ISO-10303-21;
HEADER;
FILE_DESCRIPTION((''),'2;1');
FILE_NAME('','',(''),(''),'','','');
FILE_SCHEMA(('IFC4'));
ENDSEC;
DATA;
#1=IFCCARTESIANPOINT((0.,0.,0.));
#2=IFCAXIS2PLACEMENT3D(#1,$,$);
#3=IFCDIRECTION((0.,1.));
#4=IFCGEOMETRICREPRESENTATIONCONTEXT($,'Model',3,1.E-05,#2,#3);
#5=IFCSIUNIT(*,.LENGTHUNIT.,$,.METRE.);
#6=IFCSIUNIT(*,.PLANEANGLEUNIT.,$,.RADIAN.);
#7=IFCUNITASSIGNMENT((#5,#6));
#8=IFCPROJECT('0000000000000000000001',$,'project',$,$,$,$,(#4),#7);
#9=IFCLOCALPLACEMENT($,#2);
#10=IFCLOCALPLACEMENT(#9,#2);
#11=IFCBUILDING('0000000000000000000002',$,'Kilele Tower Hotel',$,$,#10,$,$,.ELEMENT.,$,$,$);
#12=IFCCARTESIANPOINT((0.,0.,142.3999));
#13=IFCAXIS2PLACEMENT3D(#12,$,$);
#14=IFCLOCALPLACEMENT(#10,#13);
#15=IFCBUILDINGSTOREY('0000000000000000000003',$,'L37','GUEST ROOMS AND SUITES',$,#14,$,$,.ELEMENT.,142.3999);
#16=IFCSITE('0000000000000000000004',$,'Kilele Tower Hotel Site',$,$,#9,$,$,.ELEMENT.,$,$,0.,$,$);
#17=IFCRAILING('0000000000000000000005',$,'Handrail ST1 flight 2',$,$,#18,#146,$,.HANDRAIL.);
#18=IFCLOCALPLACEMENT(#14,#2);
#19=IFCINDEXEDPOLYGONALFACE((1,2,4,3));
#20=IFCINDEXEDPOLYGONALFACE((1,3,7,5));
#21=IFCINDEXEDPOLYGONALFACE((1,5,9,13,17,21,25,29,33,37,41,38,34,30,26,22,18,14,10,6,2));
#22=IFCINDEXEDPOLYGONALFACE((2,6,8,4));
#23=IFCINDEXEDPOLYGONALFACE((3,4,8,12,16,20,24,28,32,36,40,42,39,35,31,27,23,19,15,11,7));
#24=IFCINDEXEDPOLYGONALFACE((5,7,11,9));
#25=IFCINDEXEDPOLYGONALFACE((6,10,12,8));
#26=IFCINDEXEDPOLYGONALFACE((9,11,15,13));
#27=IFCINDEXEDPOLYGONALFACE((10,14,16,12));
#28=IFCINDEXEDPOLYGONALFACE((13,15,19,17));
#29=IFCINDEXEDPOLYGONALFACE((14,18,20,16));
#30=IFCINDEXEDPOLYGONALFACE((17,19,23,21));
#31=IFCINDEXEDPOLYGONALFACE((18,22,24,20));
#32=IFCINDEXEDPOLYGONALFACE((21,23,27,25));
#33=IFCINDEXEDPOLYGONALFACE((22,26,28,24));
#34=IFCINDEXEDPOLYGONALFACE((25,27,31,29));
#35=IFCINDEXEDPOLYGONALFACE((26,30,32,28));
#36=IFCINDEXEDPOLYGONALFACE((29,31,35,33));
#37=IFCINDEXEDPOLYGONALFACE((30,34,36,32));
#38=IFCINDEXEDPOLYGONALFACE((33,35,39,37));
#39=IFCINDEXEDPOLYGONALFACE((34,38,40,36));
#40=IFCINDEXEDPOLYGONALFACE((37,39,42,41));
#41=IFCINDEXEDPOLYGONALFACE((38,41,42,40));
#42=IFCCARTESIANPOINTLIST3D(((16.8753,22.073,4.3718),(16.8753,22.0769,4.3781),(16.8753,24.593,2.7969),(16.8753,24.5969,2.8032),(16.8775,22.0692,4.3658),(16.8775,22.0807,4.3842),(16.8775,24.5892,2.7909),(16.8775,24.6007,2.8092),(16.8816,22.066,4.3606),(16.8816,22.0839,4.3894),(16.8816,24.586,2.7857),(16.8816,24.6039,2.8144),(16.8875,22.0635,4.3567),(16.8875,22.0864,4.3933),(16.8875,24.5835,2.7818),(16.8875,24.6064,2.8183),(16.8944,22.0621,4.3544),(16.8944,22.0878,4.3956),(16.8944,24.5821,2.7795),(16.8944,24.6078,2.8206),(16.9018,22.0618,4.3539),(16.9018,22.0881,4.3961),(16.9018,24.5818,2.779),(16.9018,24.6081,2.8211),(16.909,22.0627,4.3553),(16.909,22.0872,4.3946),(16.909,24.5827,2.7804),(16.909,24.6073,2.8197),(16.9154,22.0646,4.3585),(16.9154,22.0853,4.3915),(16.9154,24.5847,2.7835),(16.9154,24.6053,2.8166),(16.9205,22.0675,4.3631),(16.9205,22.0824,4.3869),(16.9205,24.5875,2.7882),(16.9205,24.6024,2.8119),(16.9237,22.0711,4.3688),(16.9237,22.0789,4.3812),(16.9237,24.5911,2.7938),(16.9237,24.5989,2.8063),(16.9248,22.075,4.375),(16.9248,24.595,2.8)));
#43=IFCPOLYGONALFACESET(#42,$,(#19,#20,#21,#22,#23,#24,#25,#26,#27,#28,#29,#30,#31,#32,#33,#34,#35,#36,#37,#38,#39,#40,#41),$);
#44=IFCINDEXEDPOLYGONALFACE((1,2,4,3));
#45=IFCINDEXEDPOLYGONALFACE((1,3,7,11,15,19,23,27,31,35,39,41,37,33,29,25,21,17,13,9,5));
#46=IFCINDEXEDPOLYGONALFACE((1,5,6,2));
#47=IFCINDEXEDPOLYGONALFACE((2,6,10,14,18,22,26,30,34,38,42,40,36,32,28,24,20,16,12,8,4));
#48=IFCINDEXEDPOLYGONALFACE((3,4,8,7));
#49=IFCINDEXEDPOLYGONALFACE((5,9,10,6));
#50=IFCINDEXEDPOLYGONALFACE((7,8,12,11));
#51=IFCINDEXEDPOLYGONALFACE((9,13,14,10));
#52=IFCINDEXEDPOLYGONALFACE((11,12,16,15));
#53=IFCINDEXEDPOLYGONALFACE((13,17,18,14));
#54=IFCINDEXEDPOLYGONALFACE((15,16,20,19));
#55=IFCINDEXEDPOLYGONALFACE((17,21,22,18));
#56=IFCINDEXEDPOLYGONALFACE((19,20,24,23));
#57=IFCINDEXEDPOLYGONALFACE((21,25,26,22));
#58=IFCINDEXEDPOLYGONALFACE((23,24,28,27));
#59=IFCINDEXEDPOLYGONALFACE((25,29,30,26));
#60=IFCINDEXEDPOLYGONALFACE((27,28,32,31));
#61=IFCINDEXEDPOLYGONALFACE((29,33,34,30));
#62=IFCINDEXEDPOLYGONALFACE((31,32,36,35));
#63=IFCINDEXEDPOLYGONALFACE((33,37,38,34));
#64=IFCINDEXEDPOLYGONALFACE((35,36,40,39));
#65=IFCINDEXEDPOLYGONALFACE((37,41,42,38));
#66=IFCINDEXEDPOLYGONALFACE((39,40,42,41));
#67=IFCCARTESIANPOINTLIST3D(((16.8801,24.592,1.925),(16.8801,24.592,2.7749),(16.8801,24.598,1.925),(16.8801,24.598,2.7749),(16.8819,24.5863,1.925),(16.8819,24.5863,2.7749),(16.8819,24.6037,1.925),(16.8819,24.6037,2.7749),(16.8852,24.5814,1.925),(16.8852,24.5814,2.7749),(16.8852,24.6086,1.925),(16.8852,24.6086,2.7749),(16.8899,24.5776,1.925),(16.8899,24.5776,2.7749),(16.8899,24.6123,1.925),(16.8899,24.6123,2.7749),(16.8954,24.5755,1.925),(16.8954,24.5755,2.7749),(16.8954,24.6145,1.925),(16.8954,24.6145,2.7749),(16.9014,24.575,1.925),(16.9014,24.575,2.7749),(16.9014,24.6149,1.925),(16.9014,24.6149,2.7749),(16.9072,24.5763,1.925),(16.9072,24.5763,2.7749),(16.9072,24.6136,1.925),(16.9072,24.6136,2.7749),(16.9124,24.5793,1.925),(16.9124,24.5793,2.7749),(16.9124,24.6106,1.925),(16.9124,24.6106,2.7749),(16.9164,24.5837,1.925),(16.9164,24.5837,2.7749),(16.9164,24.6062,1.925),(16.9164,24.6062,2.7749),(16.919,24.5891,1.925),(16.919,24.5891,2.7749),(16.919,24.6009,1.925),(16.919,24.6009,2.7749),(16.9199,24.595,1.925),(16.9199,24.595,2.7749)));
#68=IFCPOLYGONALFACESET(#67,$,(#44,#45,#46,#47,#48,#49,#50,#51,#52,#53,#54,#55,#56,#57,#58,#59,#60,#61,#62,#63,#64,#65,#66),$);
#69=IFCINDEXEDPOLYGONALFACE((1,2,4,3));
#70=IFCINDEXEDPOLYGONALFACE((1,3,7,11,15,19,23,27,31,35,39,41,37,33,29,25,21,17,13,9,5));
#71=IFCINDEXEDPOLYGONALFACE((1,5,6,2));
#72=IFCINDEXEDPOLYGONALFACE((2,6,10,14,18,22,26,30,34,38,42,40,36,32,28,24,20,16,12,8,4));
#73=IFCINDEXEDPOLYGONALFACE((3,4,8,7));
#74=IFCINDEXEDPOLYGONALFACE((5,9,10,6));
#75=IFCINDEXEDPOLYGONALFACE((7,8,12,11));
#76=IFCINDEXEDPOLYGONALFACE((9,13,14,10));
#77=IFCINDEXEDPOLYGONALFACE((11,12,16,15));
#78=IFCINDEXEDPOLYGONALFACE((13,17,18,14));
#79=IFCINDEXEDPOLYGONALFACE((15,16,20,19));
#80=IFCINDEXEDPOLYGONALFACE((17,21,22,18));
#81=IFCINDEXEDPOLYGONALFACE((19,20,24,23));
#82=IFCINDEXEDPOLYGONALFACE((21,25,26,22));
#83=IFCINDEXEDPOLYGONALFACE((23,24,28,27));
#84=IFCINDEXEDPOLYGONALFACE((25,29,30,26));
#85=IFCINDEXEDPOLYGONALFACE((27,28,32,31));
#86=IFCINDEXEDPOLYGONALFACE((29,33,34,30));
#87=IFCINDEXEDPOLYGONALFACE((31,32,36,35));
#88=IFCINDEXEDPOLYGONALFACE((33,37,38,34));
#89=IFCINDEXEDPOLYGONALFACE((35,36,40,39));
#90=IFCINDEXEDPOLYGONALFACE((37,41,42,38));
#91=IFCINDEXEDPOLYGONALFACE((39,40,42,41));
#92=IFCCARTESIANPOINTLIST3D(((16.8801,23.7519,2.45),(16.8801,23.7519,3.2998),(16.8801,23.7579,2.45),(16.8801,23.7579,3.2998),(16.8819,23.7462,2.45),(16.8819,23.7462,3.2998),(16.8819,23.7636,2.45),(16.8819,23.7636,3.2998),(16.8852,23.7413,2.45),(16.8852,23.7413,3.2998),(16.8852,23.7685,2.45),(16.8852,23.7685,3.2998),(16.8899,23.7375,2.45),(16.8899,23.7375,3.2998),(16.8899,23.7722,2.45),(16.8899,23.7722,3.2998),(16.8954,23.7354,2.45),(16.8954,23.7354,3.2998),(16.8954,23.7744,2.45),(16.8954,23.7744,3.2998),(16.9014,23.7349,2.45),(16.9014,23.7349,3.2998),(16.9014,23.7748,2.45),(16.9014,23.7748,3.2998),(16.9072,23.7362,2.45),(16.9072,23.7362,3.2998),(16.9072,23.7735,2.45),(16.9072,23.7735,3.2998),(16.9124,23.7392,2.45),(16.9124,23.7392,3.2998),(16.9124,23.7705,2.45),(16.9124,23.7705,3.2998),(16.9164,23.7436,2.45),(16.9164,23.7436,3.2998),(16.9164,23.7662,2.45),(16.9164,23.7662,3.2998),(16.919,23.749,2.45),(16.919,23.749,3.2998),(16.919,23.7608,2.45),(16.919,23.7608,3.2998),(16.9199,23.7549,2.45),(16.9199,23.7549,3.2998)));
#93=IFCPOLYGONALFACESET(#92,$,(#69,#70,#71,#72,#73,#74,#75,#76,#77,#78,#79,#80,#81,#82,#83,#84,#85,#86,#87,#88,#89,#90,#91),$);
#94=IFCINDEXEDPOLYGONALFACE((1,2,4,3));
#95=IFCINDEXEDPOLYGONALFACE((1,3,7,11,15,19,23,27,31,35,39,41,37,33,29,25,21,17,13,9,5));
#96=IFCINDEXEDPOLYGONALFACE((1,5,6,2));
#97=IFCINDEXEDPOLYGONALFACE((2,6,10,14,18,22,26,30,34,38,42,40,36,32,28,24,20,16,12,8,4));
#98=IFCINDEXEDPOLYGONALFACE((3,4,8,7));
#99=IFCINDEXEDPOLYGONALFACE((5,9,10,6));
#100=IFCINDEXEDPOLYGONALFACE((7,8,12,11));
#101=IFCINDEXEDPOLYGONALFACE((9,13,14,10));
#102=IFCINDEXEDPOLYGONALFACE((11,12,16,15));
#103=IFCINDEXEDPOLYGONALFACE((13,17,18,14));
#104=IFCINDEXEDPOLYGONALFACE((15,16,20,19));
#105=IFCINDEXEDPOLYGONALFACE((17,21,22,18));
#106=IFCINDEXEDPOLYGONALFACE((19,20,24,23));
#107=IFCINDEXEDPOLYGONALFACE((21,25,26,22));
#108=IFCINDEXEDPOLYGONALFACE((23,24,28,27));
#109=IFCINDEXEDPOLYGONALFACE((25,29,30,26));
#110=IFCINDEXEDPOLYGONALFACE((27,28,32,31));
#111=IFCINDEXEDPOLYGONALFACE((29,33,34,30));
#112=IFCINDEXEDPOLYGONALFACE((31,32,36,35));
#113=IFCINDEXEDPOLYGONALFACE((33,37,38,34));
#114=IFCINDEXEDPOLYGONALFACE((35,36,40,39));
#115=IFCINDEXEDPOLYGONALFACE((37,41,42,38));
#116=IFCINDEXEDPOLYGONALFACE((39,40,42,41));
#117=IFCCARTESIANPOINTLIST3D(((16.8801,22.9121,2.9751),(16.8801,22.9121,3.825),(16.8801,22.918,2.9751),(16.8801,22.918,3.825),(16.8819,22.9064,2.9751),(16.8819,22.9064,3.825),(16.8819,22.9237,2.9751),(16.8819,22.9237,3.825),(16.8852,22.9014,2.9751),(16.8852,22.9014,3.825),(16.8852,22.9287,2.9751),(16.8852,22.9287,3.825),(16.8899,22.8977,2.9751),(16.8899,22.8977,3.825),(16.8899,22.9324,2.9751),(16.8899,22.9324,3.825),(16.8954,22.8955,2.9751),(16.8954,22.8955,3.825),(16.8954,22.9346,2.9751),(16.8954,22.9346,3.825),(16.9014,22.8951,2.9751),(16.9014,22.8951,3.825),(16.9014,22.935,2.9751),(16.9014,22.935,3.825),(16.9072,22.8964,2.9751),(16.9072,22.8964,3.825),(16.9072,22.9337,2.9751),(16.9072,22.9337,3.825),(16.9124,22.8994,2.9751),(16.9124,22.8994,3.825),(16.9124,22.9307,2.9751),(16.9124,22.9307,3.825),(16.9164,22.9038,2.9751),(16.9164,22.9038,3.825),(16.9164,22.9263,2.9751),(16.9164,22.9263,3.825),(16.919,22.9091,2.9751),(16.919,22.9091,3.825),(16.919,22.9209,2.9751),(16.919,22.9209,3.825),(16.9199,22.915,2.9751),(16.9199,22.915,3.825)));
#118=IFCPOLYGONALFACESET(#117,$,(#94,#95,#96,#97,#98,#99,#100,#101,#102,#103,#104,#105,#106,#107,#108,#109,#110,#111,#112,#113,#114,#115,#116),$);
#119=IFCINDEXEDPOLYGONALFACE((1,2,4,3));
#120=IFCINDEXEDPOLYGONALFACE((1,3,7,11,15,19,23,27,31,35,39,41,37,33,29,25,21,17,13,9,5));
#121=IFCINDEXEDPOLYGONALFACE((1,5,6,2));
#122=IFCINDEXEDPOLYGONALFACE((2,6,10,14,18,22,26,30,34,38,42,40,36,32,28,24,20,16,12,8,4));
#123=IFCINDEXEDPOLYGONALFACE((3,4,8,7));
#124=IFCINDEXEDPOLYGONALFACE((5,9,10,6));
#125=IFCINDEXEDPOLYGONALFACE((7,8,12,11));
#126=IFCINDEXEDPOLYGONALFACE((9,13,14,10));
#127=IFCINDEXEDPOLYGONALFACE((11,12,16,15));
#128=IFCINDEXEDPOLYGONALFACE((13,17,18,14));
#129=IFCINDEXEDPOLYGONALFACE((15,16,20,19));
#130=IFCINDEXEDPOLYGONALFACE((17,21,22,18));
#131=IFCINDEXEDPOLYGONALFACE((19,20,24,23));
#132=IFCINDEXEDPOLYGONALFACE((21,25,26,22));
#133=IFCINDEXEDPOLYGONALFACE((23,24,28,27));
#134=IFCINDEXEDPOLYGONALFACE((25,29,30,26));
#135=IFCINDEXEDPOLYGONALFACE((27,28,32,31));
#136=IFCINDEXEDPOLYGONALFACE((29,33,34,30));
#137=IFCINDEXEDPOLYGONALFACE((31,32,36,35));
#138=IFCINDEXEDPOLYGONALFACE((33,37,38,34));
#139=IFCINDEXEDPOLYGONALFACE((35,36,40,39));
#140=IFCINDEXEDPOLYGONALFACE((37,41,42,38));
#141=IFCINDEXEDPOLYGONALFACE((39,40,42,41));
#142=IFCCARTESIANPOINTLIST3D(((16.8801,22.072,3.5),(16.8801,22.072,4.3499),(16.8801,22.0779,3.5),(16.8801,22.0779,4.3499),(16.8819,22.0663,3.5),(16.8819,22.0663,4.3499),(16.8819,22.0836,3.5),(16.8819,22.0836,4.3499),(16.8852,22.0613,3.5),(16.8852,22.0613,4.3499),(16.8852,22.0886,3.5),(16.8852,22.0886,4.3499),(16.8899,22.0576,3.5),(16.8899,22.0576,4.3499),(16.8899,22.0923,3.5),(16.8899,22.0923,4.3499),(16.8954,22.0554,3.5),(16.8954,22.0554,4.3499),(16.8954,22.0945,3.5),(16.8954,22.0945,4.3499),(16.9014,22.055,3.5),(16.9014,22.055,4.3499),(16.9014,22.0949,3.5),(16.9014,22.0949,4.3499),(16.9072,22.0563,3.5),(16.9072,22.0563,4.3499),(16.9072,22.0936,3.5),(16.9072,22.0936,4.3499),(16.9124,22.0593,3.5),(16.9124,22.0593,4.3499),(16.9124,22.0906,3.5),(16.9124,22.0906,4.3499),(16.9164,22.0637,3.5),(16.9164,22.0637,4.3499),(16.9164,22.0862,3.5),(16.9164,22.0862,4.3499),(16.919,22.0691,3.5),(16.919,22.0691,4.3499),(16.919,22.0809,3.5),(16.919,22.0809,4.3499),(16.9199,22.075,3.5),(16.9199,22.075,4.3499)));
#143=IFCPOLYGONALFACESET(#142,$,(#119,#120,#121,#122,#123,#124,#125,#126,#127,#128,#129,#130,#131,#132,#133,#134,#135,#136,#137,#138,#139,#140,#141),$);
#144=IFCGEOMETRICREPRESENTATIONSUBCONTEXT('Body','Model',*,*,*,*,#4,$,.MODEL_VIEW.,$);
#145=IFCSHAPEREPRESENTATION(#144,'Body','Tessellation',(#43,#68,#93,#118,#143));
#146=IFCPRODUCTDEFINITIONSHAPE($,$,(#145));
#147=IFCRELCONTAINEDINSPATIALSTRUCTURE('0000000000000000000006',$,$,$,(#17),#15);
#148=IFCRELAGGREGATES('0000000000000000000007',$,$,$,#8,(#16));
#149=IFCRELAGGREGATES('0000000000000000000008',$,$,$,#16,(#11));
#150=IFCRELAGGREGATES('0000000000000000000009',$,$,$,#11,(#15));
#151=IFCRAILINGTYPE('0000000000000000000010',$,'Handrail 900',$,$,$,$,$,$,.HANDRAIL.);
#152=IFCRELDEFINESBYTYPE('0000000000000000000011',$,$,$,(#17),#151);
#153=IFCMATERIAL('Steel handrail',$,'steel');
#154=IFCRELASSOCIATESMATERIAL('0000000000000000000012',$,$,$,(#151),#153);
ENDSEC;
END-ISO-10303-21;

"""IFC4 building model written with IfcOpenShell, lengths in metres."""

from ifc_helpers import new_model, si_unit, direction, frame, origin, origin_2d, place, context, subcontext, project, spatial, circle, extrude, material, type_object, element, save


model = new_model("IFC4")

# Units and contexts
model_context = context("Model", 3, precision=1e-05, world=origin(), true_north=direction((0.0, 1.0)))
body_context = subcontext(model_context, "Body", "Model", "MODEL_VIEW")
ifc_project = project(units=[si_unit("LENGTHUNIT", "METRE"), si_unit("PLANEANGLEUNIT", "RADIAN")], contexts=[model_context])

# Site, building, storey
site_placement = place(None, origin())
site = spatial("IfcSite", under=ifc_project, at=site_placement, Name="Kilele Tower Hotel Site", CompositionType="ELEMENT", RefElevation=0.0)
building_placement = place(site_placement, origin())
building = spatial("IfcBuilding", under=site, at=building_placement, Name="Kilele Tower Hotel", CompositionType="ELEMENT")
storey_placement = place(building_placement, frame((0.0, 0.0, 142.3999)))
storey = spatial("IfcBuildingStorey", under=building, at=storey_placement, Name="L37", Description="GUEST ROOMS AND SUITES", CompositionType="ELEMENT", Elevation=142.3999)

# Railing
ifc_material_1 = material(Name="Steel handrail", Category="steel")
railing_type_1 = type_object("IfcRailingType", Name="Handrail 900", PredefinedType="HANDRAIL", material=ifc_material_1)
for number, where, name in (
    (1, (16.8999, 24.595, 1.925), "Handrail ST1 flight 2"),
):
    element("IfcRailing", number, at=place(storey_placement, frame(where)), inside=storey, type_object=railing_type_1, Name=name, PredefinedType="HANDRAIL", context=body_context, shape_type="SweptSolid", body=[
        extrude(circle(Radius=0.0249, at=origin_2d()), frame((0.0, 0.0, 0.875), z_axis=(0.0, -0.848008, 0.529984), x_axis=(1.0, 0.0, 0.0)), (0.0, 0.0, 1.0), 2.9717),
        extrude(circle(Radius=0.02, at=origin_2d()), origin(), (0.0, 0.0, 1.0), 0.8499),
        extrude(circle(Radius=0.02, at=origin_2d()), frame((0.0, -0.8401, 0.5249)), (0.0, 0.0, 1.0), 0.8499),
        extrude(circle(Radius=0.02, at=origin_2d()), frame((0.0, -1.6799, 1.05)), (0.0, 0.0, 1.0), 0.8499),
        extrude(circle(Radius=0.02, at=origin_2d()), frame((0.0, -2.52, 1.575)), (0.0, 0.0, 1.0), 0.8499),
    ])

save(model, "model.ifc")
